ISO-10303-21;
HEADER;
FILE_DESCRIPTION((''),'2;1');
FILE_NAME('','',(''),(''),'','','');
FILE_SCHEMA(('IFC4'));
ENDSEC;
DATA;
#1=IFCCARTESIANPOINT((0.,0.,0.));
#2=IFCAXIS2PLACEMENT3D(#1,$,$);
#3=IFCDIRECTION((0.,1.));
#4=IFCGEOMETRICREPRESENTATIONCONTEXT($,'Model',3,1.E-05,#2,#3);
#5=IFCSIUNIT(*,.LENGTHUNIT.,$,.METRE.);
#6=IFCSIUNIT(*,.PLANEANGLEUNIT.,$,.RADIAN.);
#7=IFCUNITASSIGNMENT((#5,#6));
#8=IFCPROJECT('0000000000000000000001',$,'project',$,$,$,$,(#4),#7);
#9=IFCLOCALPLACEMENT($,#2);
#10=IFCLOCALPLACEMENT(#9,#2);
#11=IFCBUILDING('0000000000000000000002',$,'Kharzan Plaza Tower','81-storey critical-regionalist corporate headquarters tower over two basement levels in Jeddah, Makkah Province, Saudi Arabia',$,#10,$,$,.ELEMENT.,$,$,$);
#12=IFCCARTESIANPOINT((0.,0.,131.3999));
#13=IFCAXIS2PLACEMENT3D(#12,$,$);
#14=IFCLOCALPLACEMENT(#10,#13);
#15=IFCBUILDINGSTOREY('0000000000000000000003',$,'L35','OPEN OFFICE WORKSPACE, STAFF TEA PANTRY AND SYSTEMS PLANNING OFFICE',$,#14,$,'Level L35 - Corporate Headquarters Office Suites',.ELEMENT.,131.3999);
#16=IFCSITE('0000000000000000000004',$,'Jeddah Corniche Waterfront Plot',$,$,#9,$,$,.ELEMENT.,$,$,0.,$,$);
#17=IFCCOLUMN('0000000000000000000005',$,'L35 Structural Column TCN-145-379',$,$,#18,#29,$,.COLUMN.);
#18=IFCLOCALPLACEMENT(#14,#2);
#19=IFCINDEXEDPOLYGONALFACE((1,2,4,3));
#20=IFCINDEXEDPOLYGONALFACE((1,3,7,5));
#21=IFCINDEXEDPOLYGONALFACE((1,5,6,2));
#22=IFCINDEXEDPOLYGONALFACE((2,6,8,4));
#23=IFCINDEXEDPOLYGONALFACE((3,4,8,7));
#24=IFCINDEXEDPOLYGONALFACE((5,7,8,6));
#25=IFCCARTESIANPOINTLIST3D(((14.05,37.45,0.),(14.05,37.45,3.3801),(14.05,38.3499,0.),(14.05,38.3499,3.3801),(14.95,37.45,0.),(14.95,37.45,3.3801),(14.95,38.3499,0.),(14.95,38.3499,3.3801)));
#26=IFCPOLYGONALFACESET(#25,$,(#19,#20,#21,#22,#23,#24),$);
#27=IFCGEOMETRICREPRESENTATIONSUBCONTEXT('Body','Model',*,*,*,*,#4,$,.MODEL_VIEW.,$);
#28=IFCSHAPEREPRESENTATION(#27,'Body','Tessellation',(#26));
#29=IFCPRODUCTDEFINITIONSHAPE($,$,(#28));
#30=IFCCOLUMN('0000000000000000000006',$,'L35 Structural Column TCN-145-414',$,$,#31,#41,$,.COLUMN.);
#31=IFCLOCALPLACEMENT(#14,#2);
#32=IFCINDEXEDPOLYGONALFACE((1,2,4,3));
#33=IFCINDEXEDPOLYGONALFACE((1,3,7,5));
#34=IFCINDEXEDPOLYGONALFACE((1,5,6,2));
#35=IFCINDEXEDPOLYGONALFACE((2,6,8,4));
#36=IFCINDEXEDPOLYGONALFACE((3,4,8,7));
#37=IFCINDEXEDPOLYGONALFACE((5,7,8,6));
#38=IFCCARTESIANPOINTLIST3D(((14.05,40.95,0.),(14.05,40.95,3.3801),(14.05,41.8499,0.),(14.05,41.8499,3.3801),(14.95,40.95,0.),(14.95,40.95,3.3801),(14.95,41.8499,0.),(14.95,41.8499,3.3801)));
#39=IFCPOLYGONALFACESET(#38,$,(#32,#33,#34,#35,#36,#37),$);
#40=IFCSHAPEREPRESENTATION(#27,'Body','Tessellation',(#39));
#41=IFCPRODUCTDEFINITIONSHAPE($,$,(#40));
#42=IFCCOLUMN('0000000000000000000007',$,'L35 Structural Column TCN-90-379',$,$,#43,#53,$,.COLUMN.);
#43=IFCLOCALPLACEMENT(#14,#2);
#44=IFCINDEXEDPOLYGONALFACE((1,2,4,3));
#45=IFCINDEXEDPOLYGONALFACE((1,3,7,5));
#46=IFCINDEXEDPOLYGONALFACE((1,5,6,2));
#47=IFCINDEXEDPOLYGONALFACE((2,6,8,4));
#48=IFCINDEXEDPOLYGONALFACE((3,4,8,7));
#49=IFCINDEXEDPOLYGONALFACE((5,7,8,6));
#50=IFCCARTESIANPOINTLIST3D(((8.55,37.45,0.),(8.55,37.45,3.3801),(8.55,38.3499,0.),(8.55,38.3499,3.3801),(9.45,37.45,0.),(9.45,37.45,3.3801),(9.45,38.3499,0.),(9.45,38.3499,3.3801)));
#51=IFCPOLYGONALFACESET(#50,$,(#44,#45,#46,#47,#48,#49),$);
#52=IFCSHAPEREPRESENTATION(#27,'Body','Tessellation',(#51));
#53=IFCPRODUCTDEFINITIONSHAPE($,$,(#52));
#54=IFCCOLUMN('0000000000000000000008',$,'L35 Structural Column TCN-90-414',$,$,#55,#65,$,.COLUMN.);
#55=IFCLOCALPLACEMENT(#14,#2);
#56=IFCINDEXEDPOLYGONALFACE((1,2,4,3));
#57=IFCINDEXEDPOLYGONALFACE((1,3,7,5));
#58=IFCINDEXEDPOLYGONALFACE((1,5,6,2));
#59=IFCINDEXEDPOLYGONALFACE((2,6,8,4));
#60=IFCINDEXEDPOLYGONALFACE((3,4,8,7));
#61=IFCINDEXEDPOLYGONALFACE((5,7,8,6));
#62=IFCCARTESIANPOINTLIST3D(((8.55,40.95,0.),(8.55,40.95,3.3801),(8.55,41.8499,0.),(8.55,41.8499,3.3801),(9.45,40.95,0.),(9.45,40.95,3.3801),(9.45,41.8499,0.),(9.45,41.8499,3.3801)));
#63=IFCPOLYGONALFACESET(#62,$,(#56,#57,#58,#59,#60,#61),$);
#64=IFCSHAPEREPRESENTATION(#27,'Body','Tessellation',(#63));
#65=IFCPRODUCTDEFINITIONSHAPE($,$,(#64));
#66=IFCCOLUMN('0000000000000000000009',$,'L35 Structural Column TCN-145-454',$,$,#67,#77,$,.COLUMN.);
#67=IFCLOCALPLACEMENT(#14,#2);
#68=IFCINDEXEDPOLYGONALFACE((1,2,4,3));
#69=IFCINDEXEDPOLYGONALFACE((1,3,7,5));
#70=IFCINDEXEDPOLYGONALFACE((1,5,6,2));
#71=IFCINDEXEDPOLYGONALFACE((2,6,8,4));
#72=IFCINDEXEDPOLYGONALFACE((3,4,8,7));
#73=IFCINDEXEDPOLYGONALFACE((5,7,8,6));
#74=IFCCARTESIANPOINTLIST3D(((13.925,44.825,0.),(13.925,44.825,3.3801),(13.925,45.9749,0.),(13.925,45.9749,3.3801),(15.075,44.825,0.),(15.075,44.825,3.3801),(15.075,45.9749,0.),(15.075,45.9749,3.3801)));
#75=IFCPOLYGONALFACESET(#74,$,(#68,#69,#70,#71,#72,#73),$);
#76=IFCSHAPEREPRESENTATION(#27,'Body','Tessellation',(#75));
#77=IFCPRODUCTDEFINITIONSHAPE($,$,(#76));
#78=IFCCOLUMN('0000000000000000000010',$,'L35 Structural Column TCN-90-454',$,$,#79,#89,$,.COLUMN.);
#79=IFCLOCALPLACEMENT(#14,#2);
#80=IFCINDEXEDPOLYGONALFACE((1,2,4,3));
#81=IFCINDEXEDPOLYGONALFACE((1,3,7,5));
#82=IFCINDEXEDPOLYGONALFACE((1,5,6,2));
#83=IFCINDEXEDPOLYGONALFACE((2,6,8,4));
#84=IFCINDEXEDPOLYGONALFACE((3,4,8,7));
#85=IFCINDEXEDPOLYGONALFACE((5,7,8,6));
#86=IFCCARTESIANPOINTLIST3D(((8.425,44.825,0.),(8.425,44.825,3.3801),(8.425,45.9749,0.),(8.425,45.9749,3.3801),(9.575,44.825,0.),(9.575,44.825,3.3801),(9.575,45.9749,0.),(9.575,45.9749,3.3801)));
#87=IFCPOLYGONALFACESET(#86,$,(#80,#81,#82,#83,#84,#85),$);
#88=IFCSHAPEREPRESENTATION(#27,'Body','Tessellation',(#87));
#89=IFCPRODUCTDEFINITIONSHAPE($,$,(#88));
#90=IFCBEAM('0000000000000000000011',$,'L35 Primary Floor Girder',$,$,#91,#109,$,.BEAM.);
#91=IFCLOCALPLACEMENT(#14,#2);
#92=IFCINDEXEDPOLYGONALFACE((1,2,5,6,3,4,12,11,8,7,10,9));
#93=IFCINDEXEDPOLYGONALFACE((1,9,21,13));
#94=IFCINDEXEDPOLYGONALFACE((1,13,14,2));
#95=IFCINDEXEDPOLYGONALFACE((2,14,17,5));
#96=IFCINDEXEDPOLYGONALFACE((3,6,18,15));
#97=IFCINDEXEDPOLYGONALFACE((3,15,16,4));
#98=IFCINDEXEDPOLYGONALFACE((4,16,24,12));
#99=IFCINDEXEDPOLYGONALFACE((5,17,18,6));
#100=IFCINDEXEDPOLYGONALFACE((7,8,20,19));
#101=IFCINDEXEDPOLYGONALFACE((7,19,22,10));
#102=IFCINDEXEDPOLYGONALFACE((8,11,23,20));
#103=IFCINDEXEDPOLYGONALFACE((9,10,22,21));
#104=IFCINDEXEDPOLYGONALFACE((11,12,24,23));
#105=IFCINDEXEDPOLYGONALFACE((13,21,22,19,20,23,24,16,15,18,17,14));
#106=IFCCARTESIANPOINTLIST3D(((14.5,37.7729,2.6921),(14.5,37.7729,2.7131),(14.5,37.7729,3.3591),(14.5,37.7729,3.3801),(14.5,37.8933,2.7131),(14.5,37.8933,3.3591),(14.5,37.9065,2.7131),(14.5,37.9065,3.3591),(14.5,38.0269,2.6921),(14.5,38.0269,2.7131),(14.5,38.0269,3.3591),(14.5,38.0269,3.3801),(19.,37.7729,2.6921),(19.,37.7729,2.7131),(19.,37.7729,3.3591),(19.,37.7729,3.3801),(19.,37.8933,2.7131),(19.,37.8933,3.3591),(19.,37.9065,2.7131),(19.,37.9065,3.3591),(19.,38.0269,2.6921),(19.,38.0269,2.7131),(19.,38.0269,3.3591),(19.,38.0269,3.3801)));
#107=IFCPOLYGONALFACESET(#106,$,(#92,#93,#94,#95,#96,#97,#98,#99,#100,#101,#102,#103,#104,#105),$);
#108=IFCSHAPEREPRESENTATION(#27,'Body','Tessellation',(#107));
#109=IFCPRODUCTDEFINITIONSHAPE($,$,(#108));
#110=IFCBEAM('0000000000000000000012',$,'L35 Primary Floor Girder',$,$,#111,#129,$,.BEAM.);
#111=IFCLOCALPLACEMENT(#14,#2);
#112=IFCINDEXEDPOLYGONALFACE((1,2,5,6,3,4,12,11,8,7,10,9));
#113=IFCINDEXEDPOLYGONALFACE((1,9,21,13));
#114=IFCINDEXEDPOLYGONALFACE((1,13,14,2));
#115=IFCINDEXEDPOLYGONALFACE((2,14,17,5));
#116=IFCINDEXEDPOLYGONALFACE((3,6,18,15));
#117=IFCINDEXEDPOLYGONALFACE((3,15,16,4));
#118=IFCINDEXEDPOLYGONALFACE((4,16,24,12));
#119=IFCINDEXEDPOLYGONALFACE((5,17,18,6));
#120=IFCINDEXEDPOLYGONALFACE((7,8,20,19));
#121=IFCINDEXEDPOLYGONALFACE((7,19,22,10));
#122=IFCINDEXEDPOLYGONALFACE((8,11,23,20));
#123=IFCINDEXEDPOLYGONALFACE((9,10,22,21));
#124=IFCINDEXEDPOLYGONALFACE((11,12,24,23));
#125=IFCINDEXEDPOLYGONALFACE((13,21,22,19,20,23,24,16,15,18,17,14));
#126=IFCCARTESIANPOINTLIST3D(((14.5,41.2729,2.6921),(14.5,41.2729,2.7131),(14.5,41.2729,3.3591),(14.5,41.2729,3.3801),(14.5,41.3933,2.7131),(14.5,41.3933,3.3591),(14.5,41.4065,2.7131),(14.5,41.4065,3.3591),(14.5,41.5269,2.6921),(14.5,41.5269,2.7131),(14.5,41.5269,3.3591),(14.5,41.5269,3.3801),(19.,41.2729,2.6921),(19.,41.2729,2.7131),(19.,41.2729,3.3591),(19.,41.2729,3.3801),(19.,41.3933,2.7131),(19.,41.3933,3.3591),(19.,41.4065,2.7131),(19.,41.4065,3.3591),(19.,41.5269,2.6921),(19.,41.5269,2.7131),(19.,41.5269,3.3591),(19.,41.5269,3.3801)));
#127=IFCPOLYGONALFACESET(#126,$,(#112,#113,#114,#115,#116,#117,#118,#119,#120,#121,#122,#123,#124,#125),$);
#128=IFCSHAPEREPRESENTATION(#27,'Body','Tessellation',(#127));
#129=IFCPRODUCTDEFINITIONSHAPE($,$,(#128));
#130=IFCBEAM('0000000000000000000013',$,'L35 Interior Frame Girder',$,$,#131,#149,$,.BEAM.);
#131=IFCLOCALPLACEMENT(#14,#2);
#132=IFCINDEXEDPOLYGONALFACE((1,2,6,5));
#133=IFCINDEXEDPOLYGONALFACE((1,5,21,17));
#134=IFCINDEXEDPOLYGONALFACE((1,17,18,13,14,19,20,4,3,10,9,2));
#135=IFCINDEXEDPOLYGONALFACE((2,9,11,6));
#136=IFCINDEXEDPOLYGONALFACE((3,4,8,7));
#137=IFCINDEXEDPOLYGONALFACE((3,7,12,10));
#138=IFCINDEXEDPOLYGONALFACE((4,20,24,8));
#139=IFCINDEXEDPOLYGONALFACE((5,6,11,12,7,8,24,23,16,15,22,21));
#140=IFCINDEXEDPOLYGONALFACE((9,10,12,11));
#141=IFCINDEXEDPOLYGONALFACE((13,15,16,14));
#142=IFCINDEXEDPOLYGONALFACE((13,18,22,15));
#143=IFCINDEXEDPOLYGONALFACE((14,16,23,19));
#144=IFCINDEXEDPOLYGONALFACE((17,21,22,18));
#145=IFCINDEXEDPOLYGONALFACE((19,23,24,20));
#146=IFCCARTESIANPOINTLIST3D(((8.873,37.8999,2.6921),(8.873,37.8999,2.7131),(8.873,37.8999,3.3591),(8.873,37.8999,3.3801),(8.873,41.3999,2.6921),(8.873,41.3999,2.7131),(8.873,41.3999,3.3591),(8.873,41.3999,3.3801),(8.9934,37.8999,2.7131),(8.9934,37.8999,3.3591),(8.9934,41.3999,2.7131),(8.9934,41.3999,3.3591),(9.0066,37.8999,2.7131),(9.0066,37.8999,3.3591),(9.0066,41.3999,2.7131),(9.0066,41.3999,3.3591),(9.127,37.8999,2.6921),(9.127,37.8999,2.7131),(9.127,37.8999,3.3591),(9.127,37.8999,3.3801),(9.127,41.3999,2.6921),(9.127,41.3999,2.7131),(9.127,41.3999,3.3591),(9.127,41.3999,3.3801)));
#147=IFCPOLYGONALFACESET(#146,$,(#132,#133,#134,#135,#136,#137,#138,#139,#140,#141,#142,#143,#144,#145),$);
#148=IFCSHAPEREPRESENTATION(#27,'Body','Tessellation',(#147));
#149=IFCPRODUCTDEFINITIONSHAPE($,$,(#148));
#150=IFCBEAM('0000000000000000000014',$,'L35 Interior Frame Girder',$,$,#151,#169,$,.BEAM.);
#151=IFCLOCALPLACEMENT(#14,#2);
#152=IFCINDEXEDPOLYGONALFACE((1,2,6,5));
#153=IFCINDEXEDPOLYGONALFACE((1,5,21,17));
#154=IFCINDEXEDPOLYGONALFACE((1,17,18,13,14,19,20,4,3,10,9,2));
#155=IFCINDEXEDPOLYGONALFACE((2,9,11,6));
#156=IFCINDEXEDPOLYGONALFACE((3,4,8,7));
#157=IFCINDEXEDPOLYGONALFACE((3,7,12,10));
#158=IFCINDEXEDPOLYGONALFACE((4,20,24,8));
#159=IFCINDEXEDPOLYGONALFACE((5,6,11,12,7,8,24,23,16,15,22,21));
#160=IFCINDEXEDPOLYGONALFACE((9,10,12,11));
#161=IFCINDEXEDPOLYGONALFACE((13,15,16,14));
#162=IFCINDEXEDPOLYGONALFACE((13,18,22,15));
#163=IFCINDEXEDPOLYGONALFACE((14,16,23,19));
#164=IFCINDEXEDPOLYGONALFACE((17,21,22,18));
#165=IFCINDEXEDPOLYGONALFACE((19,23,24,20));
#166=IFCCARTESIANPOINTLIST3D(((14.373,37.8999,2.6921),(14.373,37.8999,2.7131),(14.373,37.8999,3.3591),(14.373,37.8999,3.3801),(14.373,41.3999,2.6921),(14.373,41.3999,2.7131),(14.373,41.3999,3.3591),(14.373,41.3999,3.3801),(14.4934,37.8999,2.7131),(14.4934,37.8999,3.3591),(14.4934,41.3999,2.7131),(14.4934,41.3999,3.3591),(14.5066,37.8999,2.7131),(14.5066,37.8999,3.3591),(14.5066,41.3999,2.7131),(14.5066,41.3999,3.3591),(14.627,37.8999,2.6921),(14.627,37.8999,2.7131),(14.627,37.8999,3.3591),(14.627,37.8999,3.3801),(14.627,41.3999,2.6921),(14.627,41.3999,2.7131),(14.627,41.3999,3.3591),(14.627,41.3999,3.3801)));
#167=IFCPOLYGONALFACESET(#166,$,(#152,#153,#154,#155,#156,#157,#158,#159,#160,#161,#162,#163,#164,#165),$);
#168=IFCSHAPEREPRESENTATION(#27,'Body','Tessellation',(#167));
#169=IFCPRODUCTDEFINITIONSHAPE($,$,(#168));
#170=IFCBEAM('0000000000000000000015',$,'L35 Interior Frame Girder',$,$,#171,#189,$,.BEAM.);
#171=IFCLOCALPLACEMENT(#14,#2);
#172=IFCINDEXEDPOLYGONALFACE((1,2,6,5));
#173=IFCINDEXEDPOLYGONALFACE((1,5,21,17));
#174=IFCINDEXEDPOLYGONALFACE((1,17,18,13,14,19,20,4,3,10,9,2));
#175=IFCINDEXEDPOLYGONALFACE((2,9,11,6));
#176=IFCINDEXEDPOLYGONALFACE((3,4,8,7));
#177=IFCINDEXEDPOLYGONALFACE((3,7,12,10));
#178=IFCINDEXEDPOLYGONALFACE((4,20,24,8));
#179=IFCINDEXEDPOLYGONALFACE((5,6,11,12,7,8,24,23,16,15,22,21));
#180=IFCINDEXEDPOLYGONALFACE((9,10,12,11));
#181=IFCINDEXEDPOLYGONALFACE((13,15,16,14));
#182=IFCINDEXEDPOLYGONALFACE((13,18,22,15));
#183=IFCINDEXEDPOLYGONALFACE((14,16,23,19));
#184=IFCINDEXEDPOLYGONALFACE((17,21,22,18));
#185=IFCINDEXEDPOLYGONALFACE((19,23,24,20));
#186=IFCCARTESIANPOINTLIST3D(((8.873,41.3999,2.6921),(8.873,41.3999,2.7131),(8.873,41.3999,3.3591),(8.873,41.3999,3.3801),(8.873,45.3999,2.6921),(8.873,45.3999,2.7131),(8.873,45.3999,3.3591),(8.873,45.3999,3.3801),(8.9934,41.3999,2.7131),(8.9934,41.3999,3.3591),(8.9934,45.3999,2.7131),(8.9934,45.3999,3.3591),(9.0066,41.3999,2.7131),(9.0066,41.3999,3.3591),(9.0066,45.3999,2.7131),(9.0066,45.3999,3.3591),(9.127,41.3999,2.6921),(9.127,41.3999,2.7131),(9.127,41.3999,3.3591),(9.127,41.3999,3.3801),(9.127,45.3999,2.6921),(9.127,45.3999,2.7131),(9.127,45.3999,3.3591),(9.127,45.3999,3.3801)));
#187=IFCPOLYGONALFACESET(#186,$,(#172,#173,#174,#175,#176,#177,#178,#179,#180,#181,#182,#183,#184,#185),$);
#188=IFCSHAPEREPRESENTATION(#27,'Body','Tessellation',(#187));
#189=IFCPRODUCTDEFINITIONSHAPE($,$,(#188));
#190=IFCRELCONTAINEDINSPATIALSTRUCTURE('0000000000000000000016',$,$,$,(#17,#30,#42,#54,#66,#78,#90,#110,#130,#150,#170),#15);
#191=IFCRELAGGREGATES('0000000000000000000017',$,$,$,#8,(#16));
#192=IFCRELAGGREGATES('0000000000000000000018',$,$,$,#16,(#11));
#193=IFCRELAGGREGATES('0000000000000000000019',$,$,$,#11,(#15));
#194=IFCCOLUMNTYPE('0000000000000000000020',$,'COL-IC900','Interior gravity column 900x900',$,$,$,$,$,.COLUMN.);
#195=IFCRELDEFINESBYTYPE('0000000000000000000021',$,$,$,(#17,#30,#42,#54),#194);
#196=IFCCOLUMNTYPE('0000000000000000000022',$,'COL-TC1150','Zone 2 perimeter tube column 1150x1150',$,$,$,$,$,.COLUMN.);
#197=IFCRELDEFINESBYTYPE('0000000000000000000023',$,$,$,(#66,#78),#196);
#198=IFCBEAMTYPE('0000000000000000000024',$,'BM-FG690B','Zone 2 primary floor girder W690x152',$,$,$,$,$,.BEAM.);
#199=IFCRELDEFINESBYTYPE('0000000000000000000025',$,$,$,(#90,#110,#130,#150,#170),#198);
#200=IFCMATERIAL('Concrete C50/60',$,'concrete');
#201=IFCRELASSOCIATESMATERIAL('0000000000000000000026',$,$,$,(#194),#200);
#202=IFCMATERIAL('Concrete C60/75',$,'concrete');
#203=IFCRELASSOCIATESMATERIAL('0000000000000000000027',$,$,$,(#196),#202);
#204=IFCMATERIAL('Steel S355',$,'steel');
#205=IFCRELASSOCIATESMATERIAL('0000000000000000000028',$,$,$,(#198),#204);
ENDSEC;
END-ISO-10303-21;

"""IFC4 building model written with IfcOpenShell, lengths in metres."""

from ifc_helpers import new_model, si_unit, direction, frame, origin, origin_2d, place, context, subcontext, project, spatial, rectangle, i_section, extrude, source, transform, mapped, material, material_profile, profile_set, type_object, element, save


model = new_model("IFC4")

# Units and contexts
model_context = context("Model", 3, precision=1e-05, world=origin(), true_north=direction((0.0, 1.0)))
body_context = subcontext(model_context, "Body", "Model", "MODEL_VIEW")
ifc_project = project(units=[si_unit("LENGTHUNIT", "METRE"), si_unit("PLANEANGLEUNIT", "RADIAN")], contexts=[model_context])

# Site, building, storey
site_placement = place(None, origin())
site = spatial("IfcSite", under=ifc_project, at=site_placement, Name="Jeddah Corniche Waterfront Plot", CompositionType="ELEMENT", RefElevation=0.0)
building_placement = place(site_placement, origin())
building = spatial("IfcBuilding", under=site, at=building_placement, Name="Kharzan Plaza Tower", Description="81-storey critical-regionalist corporate headquarters tower over two basement levels in Jeddah, Makkah Province, Saudi Arabia", CompositionType="ELEMENT")
storey_placement = place(building_placement, frame((0.0, 0.0, 131.3999)))
storey = spatial("IfcBuildingStorey", under=building, at=storey_placement, Name="L35", Description="OPEN OFFICE WORKSPACE, STAFF TEA PANTRY AND SYSTEMS PLANNING OFFICE", LongName="Level L35 - Corporate Headquarters Office Suites", CompositionType="ELEMENT", Elevation=131.3999)

# Columns
ifc_material_1 = material(Name="Concrete C50/60", Category="concrete")
ifc_material_profile_1 = material_profile(ifc_material_1, rectangle(XDim=0.8999, YDim=0.8999, at=origin_2d()), Name="RC-IC900x900")
ifc_profile_set_1 = profile_set([ifc_material_profile_1], Name="Concrete C50/60")
column_type_1 = type_object("IfcColumnType", Name="COL-IC900", Description="Interior gravity column 900x900", PredefinedType="COLUMN", material=ifc_profile_set_1)
shared_shape_1 = source(origin(), body_context, "Body", "SweptSolid", [
    extrude(rectangle(XDim=0.8999, YDim=0.8999, at=origin_2d()), origin(), (0.0, 0.0, 1.0), 3.3801),
])
for number, where, z_axis, x_axis, name in (
    (1, (14.5, 37.8999, 0.0), (0.0, 0.0, 1.0), (1.0, 0.0, 0.0), "L35 Structural Column TCN-145-379"),
    (2, (14.5, 41.3999, 0.0), (0.0, 0.0, 1.0), (1.0, 0.0, 0.0), "L35 Structural Column TCN-145-414"),
    (3, (9.0, 37.8999, 0.0), (0.0, 0.0, 1.0), (1.0, 0.0, 0.0), "L35 Structural Column TCN-90-379"),
    (4, (9.0, 41.3999, 0.0), (0.0, 0.0, 1.0), (1.0, 0.0, 0.0), "L35 Structural Column TCN-90-414"),
):
    element("IfcColumn", number, at=place(storey_placement, frame(where, z_axis=z_axis, x_axis=x_axis)), inside=storey, type_object=column_type_1, Name=name, PredefinedType="COLUMN", context=body_context, shape_type="MappedRepresentation", body=[
        mapped(shared_shape_1, transform((0.0, 0.0, 0.0), x_axis=(1.0, 0.0, 0.0), y_axis=(0.0, 1.0, 0.0), z_axis=(0.0, 0.0, 1.0))),
    ])
ifc_material_2 = material(Name="Concrete C60/75", Category="concrete")
ifc_material_profile_2 = material_profile(ifc_material_2, rectangle(XDim=1.1499, YDim=1.1499, at=origin_2d()), Name="RC-TC1150x1150")
ifc_profile_set_2 = profile_set([ifc_material_profile_2], Name="Concrete C60/75")
column_type_2 = type_object("IfcColumnType", Name="COL-TC1150", Description="Zone 2 perimeter tube column 1150x1150", PredefinedType="COLUMN", material=ifc_profile_set_2)
shared_shape_2 = source(origin(), body_context, "Body", "SweptSolid", [
    extrude(rectangle(XDim=1.1499, YDim=1.1499, at=origin_2d()), origin(), (0.0, 0.0, 1.0), 3.3801),
])
for number, where, z_axis, x_axis, name in (
    (5, (14.5, 45.3999, 0.0), (0.0, 0.0, 1.0), (1.0, 0.0, 0.0), "L35 Structural Column TCN-145-454"),
    (6, (9.0, 45.3999, 0.0), (0.0, 0.0, 1.0), (1.0, 0.0, 0.0), "L35 Structural Column TCN-90-454"),
):
    element("IfcColumn", number, at=place(storey_placement, frame(where, z_axis=z_axis, x_axis=x_axis)), inside=storey, type_object=column_type_2, Name=name, PredefinedType="COLUMN", context=body_context, shape_type="MappedRepresentation", body=[
        mapped(shared_shape_2, transform((0.0, 0.0, 0.0), x_axis=(1.0, 0.0, 0.0), y_axis=(0.0, 1.0, 0.0), z_axis=(0.0, 0.0, 1.0))),
    ])

# Beams
ifc_material_3 = material(Name="Steel S355", Category="steel")
ifc_material_profile_3 = material_profile(ifc_material_3, i_section(OverallWidth=0.2539, OverallDepth=0.688, WebThickness=0.0132, FlangeThickness=0.021, at=origin_2d()), Name="W690x152")
ifc_profile_set_3 = profile_set([ifc_material_profile_3], Name="Steel S355")
beam_type_1 = type_object("IfcBeamType", Name="BM-FG690B", Description="Zone 2 primary floor girder W690x152", PredefinedType="BEAM", material=ifc_profile_set_3)
shared_shape_3 = source(origin(), body_context, "Body", "SweptSolid", [
    extrude(i_section(OverallWidth=0.2539, OverallDepth=0.688, WebThickness=0.0132, FlangeThickness=0.021, at=origin_2d()), origin(), (0.0, 0.0, 1.0), 4.5),
])
for number, where, z_axis, x_axis, name in (
    (7, (14.5, 37.8999, 3.0361), (1.0, 0.0, 0.0), (0.0, 1.0, 0.0), "L35 Primary Floor Girder"),
    (8, (14.5, 41.3999, 3.0361), (1.0, 0.0, 0.0), (0.0, 1.0, 0.0), "L35 Primary Floor Girder"),
):
    element("IfcBeam", number, at=place(storey_placement, frame(where, z_axis=z_axis, x_axis=x_axis)), inside=storey, type_object=beam_type_1, Name=name, PredefinedType="BEAM", context=body_context, shape_type="MappedRepresentation", body=[
        mapped(shared_shape_3, transform((0.0, 0.0, 0.0), x_axis=(1.0, 0.0, 0.0), y_axis=(0.0, 1.0, 0.0), z_axis=(0.0, 0.0, 1.0))),
    ])
shared_shape_4 = source(origin(), body_context, "Body", "SweptSolid", [
    extrude(i_section(OverallWidth=0.2539, OverallDepth=0.688, WebThickness=0.0132, FlangeThickness=0.021, at=origin_2d()), origin(), (0.0, 0.0, 1.0), 3.5),
])
for number, where, z_axis, x_axis, name in (
    (9, (9.0, 37.8999, 3.0361), (0.0, 1.0, 0.0), (-1.0, 0.0, 0.0), "L35 Interior Frame Girder"),
    (10, (14.5, 37.8999, 3.0361), (0.0, 1.0, 0.0), (-1.0, 0.0, 0.0), "L35 Interior Frame Girder"),
):
    element("IfcBeam", number, at=place(storey_placement, frame(where, z_axis=z_axis, x_axis=x_axis)), inside=storey, type_object=beam_type_1, Name=name, PredefinedType="BEAM", context=body_context, shape_type="MappedRepresentation", body=[
        mapped(shared_shape_4, transform((0.0, 0.0, 0.0), x_axis=(1.0, 0.0, 0.0), y_axis=(0.0, 1.0, 0.0), z_axis=(0.0, 0.0, 1.0))),
    ])
shared_shape_5 = source(origin(), body_context, "Body", "SweptSolid", [
    extrude(i_section(OverallWidth=0.2539, OverallDepth=0.688, WebThickness=0.0132, FlangeThickness=0.021, at=origin_2d()), origin(), (0.0, 0.0, 1.0), 4.0),
])
for number, where, z_axis, x_axis, name in (
    (11, (9.0, 41.3999, 3.0361), (0.0, 1.0, 0.0), (-1.0, 0.0, 0.0), "L35 Interior Frame Girder"),
):
    element("IfcBeam", number, at=place(storey_placement, frame(where, z_axis=z_axis, x_axis=x_axis)), inside=storey, type_object=beam_type_1, Name=name, PredefinedType="BEAM", context=body_context, shape_type="MappedRepresentation", body=[
        mapped(shared_shape_5, transform((0.0, 0.0, 0.0), x_axis=(1.0, 0.0, 0.0), y_axis=(0.0, 1.0, 0.0), z_axis=(0.0, 0.0, 1.0))),
    ])

save(model, "model.ifc")
